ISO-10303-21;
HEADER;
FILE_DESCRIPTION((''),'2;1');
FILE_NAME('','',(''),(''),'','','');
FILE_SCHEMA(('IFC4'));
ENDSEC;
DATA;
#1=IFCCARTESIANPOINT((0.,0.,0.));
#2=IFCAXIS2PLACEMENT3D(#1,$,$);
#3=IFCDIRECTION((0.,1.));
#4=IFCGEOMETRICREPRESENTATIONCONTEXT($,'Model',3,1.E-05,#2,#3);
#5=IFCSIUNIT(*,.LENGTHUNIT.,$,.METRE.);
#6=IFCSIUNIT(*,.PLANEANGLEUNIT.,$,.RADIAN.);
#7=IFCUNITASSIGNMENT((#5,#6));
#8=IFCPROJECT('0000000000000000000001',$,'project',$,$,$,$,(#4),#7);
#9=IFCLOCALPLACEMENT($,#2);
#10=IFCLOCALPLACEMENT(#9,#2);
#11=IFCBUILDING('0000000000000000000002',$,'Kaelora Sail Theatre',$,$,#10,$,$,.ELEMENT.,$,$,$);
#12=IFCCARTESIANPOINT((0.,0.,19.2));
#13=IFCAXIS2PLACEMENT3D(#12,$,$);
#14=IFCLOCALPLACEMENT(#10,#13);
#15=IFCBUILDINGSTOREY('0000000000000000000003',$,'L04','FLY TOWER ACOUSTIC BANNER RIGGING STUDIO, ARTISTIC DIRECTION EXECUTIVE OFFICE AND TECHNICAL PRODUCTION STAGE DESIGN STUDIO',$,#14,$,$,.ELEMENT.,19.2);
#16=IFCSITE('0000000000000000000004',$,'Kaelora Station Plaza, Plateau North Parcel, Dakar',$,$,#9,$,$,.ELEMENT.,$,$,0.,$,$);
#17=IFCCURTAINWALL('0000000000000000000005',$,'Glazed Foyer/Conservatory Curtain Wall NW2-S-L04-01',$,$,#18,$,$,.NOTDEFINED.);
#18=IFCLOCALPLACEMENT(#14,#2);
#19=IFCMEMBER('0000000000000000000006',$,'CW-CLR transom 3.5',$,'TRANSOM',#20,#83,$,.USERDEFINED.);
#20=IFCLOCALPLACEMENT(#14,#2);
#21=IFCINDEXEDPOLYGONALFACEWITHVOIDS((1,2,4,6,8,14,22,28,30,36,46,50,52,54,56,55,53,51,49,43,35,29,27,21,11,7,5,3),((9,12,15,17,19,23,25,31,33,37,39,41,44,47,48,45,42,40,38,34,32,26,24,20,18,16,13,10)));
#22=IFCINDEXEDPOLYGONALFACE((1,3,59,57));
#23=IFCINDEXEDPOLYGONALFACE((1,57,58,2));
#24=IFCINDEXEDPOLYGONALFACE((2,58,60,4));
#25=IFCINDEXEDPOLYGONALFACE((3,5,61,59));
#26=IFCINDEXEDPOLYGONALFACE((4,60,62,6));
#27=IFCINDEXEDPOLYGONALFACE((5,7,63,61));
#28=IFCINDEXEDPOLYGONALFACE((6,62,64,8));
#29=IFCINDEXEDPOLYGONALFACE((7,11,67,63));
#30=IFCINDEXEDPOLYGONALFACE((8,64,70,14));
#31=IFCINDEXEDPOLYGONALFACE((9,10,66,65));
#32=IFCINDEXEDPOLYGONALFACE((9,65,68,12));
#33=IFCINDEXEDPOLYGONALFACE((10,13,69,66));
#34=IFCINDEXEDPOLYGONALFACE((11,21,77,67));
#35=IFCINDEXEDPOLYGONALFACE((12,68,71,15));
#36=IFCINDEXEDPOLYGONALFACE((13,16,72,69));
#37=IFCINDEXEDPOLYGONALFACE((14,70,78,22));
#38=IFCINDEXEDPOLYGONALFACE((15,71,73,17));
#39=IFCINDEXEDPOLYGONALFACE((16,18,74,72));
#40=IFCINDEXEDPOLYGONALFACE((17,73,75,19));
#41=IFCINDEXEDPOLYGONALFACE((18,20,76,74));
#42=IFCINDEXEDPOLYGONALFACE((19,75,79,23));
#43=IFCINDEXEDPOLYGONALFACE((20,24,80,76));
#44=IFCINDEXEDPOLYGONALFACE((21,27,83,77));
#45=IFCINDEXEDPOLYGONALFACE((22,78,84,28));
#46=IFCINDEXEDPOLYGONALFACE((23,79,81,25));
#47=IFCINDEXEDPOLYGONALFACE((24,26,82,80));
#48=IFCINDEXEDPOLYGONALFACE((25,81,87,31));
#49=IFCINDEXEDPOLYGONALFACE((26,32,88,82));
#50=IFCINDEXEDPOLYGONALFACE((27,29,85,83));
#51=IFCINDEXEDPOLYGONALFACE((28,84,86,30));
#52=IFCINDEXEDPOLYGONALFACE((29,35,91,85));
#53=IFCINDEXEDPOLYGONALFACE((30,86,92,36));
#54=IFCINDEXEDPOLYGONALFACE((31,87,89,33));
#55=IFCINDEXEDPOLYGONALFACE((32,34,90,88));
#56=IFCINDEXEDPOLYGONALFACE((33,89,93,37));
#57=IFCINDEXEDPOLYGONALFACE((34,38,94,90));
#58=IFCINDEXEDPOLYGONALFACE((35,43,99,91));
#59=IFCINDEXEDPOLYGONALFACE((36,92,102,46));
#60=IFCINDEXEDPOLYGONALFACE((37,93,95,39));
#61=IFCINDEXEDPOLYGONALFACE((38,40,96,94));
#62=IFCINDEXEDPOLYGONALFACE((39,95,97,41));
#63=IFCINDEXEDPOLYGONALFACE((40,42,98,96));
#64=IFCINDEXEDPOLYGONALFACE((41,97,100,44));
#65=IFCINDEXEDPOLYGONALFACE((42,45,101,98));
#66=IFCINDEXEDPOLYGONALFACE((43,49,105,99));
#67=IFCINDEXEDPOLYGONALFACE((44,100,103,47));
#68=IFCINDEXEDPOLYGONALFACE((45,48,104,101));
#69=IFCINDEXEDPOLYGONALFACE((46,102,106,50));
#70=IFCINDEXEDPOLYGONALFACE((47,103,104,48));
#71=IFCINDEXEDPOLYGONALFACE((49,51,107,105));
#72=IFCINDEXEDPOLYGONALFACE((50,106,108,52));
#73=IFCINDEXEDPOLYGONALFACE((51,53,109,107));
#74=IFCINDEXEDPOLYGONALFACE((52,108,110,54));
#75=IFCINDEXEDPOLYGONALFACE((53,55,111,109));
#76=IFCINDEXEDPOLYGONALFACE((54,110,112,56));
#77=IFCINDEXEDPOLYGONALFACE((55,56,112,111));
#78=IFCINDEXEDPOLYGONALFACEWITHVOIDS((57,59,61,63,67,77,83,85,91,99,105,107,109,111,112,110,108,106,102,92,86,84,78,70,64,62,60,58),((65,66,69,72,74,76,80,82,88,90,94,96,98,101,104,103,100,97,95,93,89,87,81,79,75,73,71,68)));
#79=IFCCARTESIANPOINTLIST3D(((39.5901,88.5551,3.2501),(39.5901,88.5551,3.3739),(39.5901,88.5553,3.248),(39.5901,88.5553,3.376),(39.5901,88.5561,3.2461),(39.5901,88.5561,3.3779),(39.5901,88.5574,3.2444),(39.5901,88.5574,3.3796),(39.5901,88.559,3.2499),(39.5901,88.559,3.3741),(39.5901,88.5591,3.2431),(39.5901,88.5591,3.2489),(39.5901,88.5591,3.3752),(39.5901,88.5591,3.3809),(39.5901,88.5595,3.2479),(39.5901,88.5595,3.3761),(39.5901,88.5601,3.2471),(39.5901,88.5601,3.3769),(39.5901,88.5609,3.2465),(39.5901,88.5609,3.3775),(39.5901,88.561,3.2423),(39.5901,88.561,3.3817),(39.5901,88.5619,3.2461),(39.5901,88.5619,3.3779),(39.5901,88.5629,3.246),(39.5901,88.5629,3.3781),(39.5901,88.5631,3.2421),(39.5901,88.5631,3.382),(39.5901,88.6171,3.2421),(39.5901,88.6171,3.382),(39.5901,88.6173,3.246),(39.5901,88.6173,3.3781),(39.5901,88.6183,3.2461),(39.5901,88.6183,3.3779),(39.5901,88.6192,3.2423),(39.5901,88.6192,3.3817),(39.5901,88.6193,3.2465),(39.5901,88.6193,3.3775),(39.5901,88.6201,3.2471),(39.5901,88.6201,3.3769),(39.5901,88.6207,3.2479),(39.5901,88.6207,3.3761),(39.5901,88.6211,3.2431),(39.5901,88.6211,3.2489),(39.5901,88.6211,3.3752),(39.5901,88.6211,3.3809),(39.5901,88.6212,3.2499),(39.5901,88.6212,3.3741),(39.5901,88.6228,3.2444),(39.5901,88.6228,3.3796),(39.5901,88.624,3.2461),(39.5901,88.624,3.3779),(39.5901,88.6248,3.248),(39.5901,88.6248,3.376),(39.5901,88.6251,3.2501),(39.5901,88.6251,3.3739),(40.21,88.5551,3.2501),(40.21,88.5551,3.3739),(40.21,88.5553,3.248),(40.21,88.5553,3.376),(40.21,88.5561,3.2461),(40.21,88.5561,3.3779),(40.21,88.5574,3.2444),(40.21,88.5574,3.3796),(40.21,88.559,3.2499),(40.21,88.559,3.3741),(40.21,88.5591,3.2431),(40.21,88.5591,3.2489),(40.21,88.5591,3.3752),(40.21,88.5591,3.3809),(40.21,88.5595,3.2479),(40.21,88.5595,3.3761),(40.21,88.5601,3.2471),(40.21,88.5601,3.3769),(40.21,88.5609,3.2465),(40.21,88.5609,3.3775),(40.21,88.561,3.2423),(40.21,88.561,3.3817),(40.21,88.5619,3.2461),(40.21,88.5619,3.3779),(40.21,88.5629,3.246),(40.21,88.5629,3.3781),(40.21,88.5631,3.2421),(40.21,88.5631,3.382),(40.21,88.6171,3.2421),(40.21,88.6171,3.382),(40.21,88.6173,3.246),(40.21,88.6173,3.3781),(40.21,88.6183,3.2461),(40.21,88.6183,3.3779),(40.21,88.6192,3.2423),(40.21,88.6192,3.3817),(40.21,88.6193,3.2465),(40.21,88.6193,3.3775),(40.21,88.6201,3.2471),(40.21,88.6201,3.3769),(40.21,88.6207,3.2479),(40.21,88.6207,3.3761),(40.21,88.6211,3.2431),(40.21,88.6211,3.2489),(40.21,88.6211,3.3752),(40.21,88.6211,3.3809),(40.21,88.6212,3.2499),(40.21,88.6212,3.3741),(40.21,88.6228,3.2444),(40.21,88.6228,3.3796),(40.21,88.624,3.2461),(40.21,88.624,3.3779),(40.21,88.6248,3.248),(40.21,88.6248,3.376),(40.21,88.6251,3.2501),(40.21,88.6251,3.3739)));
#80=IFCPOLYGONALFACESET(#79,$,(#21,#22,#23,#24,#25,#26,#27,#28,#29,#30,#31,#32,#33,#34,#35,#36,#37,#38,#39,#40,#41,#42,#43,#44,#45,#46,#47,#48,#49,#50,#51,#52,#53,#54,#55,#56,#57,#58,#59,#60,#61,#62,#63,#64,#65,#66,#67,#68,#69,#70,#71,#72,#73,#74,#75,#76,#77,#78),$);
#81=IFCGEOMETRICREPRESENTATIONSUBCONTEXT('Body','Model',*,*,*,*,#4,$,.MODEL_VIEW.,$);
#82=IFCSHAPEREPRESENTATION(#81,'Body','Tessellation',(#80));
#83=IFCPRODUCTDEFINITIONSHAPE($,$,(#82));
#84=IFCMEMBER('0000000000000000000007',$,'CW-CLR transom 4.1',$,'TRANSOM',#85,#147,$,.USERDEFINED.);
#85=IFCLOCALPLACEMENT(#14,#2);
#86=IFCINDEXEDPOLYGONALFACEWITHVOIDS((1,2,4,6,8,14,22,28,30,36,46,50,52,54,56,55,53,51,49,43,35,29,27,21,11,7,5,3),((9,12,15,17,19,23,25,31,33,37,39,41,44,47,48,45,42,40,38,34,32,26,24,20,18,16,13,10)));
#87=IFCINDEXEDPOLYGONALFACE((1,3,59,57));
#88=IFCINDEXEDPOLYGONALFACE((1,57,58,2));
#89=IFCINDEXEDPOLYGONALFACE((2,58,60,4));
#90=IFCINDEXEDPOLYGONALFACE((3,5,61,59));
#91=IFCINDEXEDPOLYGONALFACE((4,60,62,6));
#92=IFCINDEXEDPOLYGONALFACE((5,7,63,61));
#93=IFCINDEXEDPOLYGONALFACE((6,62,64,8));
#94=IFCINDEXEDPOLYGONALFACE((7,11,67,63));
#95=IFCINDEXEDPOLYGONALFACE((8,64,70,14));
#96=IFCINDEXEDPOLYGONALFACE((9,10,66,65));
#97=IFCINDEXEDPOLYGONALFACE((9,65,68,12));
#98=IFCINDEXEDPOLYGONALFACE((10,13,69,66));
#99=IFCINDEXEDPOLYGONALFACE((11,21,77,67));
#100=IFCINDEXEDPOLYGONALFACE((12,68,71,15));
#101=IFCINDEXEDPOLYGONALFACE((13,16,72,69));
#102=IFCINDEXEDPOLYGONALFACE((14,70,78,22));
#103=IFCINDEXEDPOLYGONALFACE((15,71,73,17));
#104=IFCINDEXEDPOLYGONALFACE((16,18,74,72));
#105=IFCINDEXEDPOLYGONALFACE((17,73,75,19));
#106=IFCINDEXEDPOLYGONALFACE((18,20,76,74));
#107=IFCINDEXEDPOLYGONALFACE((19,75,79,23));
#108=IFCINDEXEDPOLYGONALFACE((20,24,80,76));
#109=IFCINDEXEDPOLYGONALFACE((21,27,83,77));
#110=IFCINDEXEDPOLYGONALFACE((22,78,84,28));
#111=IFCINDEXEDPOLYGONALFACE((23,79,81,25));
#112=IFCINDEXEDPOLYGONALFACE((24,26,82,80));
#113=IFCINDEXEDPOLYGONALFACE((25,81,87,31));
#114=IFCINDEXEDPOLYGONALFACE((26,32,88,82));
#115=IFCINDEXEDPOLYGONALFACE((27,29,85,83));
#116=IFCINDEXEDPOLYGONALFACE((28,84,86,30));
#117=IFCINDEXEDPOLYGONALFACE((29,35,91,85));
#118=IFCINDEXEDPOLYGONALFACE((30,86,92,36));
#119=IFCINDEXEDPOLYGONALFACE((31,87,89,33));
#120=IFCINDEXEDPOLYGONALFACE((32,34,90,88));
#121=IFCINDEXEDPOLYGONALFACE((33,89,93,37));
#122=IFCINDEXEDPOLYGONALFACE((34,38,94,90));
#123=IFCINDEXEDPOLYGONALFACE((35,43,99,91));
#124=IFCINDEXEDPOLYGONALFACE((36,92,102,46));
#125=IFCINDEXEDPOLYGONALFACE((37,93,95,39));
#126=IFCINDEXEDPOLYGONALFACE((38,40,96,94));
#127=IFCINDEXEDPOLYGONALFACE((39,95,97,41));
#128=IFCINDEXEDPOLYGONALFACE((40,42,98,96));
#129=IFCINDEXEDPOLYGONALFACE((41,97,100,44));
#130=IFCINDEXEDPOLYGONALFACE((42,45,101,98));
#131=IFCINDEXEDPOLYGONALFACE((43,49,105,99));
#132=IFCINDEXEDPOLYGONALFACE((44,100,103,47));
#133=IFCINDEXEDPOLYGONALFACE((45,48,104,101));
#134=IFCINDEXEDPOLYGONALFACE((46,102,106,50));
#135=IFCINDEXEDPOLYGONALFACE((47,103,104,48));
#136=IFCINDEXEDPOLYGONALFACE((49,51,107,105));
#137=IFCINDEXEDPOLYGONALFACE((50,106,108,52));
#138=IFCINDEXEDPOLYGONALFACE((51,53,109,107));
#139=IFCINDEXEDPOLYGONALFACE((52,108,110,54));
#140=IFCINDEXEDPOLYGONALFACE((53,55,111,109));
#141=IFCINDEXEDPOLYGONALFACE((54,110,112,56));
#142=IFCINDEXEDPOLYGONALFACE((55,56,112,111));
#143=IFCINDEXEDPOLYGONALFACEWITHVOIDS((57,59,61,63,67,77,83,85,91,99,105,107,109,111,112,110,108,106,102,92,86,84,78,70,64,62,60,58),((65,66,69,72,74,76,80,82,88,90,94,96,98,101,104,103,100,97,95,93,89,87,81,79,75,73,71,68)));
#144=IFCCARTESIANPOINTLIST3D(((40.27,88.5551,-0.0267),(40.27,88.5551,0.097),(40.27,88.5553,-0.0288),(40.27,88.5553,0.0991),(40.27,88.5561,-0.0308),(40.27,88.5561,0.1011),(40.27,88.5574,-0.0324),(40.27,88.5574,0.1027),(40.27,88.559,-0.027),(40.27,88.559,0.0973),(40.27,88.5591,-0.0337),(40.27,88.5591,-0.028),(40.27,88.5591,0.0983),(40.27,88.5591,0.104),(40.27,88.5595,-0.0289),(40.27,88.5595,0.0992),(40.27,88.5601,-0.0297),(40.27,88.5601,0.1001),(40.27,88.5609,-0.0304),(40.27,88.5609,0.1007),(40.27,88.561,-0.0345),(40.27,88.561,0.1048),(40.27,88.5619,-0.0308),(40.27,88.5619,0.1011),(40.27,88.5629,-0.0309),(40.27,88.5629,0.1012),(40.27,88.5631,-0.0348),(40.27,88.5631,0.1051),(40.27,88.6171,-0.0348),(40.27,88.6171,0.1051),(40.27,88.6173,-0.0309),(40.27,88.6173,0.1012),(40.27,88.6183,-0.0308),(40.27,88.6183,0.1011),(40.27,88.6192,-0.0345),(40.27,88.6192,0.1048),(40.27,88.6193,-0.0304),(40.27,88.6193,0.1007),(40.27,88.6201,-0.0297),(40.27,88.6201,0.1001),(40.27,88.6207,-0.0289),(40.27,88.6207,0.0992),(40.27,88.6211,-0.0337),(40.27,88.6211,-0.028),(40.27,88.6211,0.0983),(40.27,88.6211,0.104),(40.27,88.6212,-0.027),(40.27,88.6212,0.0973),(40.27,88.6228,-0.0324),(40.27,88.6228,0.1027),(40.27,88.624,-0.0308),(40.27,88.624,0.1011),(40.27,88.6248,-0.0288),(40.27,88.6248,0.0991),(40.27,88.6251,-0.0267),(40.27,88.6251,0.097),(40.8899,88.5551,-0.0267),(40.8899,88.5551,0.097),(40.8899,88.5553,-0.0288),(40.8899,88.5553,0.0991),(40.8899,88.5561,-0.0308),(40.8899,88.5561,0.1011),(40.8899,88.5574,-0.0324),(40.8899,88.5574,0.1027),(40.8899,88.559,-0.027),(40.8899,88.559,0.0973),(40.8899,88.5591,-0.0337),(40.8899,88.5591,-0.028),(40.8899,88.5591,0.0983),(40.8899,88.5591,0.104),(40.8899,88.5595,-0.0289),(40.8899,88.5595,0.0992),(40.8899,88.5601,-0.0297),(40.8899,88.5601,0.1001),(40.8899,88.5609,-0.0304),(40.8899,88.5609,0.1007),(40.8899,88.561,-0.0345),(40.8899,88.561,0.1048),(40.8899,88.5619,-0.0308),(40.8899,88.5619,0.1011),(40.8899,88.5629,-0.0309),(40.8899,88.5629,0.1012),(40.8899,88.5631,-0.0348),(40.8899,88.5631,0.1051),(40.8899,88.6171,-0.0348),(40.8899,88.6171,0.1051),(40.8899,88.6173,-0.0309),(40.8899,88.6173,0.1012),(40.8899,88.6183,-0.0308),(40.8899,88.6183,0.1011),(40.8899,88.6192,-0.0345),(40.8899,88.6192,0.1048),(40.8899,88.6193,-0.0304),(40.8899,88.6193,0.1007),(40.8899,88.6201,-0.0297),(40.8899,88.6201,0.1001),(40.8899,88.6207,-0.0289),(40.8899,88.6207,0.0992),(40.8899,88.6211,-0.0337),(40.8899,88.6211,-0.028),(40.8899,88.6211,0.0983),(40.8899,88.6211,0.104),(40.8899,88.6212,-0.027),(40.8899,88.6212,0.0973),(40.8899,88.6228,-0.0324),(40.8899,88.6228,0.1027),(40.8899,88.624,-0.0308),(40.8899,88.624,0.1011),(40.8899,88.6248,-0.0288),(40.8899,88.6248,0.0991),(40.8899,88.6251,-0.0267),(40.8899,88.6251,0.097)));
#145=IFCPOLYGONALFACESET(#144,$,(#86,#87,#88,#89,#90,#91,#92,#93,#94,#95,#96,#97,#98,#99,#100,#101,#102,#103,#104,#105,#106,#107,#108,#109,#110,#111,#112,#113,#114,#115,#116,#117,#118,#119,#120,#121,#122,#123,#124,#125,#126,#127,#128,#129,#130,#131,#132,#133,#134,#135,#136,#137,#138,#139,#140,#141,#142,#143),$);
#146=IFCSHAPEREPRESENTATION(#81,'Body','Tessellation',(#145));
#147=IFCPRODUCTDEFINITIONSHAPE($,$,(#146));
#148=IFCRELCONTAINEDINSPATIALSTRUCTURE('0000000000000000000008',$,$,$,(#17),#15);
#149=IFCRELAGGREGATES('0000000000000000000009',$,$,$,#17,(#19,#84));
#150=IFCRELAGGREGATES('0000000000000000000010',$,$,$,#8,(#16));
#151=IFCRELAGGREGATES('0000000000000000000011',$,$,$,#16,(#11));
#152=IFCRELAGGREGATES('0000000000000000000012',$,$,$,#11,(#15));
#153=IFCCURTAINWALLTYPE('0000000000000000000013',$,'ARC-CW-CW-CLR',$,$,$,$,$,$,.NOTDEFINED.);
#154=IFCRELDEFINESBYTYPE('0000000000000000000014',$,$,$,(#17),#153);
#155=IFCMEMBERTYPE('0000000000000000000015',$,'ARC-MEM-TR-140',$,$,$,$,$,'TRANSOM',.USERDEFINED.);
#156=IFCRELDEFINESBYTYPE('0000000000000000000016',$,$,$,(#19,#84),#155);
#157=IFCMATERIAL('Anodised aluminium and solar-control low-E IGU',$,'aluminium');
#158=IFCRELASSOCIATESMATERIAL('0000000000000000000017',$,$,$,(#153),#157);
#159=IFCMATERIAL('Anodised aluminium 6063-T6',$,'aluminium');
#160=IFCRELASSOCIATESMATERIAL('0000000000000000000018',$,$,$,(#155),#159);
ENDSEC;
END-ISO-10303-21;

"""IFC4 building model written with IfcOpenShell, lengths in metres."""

from ifc_helpers import new_model, si_unit, direction, frame, origin, origin_2d, place, context, subcontext, project, spatial, hollow_rectangle, extrude, material, material_profile, profile_set, type_object, element, aggregate, save


model = new_model("IFC4")

# Units and contexts
model_context = context("Model", 3, precision=1e-05, world=origin(), true_north=direction((0.0, 1.0)))
body_context = subcontext(model_context, "Body", "Model", "MODEL_VIEW")
ifc_project = project(units=[si_unit("LENGTHUNIT", "METRE"), si_unit("PLANEANGLEUNIT", "RADIAN")], contexts=[model_context])

# Site, building, storey
site_placement = place(None, origin())
site = spatial("IfcSite", under=ifc_project, at=site_placement, Name="Kaelora Station Plaza, Plateau North Parcel, Dakar", CompositionType="ELEMENT", RefElevation=0.0)
building_placement = place(site_placement, origin())
building = spatial("IfcBuilding", under=site, at=building_placement, Name="Kaelora Sail Theatre", CompositionType="ELEMENT")
storey_placement = place(building_placement, frame((0.0, 0.0, 19.2)))
storey = spatial("IfcBuildingStorey", under=building, at=storey_placement, Name="L04", Description="FLY TOWER ACOUSTIC BANNER RIGGING STUDIO, ARTISTIC DIRECTION EXECUTIVE OFFICE AND TECHNICAL PRODUCTION STAGE DESIGN STUDIO", CompositionType="ELEMENT", Elevation=19.2)

# Curtain wall, members
ifc_material_1 = material(Name="Anodised aluminium and solar-control low-E IGU", Category="aluminium")
curtain_wall_type = type_object("IfcCurtainWallType", Name="ARC-CW-CW-CLR", PredefinedType="NOTDEFINED", material=ifc_material_1)
curtain_wall_placement = place(storey_placement, origin())
curtain_wall = element("IfcCurtainWall", 1, at=curtain_wall_placement, inside=storey, type_object=curtain_wall_type, Name="Glazed Foyer/Conservatory Curtain Wall NW2-S-L04-01", PredefinedType="NOTDEFINED")
ifc_material_2 = material(Name="Anodised aluminium 6063-T6", Category="aluminium")
ifc_material_profile_1 = material_profile(ifc_material_2, hollow_rectangle(XDim=0.0701, YDim=0.1399, WallThickness=0.0039, InnerFilletRadius=0.0039, OuterFilletRadius=0.0081, at=origin_2d()), Name="ALU-TRAN 70x140x4")
ifc_profile_set_1 = profile_set([ifc_material_profile_1], Name="Anodised aluminium 6063-T6")
member_type_1 = type_object("IfcMemberType", Name="ARC-MEM-TR-140", ElementType="TRANSOM", PredefinedType="USERDEFINED", material=ifc_profile_set_1)
member_1_placement = place(storey_placement, frame((39.5901, 88.5901, 3.312), z_axis=(1.0, 0.0, 0.0), x_axis=(0.0, 1.0, 0.0)))
member_1 = element("IfcMember", 2, at=member_1_placement, type_object=member_type_1, Name="CW-CLR transom 3.5", ObjectType="TRANSOM", PredefinedType="USERDEFINED", context=body_context, shape_type="SweptSolid", body=[
    extrude(hollow_rectangle(XDim=0.0701, YDim=0.1399, WallThickness=0.0039, InnerFilletRadius=0.0039, OuterFilletRadius=0.0081, at=origin_2d()), origin(), (0.0, 0.0, 1.0), 0.6199),
])
member_2_placement = place(storey_placement, frame((40.27, 88.5901, 0.0352), z_axis=(1.0, 0.0, 0.0), x_axis=(0.0, 1.0, 0.0)))
member_2 = element("IfcMember", 3, at=member_2_placement, type_object=member_type_1, Name="CW-CLR transom 4.1", ObjectType="TRANSOM", PredefinedType="USERDEFINED", context=body_context, shape_type="SweptSolid", body=[
    extrude(hollow_rectangle(XDim=0.0701, YDim=0.1399, WallThickness=0.0039, InnerFilletRadius=0.0039, OuterFilletRadius=0.0081, at=origin_2d()), origin(), (0.0, 0.0, 1.0), 0.6199),
])
aggregate(curtain_wall, [member_1, member_2])

save(model, "model.ifc")
